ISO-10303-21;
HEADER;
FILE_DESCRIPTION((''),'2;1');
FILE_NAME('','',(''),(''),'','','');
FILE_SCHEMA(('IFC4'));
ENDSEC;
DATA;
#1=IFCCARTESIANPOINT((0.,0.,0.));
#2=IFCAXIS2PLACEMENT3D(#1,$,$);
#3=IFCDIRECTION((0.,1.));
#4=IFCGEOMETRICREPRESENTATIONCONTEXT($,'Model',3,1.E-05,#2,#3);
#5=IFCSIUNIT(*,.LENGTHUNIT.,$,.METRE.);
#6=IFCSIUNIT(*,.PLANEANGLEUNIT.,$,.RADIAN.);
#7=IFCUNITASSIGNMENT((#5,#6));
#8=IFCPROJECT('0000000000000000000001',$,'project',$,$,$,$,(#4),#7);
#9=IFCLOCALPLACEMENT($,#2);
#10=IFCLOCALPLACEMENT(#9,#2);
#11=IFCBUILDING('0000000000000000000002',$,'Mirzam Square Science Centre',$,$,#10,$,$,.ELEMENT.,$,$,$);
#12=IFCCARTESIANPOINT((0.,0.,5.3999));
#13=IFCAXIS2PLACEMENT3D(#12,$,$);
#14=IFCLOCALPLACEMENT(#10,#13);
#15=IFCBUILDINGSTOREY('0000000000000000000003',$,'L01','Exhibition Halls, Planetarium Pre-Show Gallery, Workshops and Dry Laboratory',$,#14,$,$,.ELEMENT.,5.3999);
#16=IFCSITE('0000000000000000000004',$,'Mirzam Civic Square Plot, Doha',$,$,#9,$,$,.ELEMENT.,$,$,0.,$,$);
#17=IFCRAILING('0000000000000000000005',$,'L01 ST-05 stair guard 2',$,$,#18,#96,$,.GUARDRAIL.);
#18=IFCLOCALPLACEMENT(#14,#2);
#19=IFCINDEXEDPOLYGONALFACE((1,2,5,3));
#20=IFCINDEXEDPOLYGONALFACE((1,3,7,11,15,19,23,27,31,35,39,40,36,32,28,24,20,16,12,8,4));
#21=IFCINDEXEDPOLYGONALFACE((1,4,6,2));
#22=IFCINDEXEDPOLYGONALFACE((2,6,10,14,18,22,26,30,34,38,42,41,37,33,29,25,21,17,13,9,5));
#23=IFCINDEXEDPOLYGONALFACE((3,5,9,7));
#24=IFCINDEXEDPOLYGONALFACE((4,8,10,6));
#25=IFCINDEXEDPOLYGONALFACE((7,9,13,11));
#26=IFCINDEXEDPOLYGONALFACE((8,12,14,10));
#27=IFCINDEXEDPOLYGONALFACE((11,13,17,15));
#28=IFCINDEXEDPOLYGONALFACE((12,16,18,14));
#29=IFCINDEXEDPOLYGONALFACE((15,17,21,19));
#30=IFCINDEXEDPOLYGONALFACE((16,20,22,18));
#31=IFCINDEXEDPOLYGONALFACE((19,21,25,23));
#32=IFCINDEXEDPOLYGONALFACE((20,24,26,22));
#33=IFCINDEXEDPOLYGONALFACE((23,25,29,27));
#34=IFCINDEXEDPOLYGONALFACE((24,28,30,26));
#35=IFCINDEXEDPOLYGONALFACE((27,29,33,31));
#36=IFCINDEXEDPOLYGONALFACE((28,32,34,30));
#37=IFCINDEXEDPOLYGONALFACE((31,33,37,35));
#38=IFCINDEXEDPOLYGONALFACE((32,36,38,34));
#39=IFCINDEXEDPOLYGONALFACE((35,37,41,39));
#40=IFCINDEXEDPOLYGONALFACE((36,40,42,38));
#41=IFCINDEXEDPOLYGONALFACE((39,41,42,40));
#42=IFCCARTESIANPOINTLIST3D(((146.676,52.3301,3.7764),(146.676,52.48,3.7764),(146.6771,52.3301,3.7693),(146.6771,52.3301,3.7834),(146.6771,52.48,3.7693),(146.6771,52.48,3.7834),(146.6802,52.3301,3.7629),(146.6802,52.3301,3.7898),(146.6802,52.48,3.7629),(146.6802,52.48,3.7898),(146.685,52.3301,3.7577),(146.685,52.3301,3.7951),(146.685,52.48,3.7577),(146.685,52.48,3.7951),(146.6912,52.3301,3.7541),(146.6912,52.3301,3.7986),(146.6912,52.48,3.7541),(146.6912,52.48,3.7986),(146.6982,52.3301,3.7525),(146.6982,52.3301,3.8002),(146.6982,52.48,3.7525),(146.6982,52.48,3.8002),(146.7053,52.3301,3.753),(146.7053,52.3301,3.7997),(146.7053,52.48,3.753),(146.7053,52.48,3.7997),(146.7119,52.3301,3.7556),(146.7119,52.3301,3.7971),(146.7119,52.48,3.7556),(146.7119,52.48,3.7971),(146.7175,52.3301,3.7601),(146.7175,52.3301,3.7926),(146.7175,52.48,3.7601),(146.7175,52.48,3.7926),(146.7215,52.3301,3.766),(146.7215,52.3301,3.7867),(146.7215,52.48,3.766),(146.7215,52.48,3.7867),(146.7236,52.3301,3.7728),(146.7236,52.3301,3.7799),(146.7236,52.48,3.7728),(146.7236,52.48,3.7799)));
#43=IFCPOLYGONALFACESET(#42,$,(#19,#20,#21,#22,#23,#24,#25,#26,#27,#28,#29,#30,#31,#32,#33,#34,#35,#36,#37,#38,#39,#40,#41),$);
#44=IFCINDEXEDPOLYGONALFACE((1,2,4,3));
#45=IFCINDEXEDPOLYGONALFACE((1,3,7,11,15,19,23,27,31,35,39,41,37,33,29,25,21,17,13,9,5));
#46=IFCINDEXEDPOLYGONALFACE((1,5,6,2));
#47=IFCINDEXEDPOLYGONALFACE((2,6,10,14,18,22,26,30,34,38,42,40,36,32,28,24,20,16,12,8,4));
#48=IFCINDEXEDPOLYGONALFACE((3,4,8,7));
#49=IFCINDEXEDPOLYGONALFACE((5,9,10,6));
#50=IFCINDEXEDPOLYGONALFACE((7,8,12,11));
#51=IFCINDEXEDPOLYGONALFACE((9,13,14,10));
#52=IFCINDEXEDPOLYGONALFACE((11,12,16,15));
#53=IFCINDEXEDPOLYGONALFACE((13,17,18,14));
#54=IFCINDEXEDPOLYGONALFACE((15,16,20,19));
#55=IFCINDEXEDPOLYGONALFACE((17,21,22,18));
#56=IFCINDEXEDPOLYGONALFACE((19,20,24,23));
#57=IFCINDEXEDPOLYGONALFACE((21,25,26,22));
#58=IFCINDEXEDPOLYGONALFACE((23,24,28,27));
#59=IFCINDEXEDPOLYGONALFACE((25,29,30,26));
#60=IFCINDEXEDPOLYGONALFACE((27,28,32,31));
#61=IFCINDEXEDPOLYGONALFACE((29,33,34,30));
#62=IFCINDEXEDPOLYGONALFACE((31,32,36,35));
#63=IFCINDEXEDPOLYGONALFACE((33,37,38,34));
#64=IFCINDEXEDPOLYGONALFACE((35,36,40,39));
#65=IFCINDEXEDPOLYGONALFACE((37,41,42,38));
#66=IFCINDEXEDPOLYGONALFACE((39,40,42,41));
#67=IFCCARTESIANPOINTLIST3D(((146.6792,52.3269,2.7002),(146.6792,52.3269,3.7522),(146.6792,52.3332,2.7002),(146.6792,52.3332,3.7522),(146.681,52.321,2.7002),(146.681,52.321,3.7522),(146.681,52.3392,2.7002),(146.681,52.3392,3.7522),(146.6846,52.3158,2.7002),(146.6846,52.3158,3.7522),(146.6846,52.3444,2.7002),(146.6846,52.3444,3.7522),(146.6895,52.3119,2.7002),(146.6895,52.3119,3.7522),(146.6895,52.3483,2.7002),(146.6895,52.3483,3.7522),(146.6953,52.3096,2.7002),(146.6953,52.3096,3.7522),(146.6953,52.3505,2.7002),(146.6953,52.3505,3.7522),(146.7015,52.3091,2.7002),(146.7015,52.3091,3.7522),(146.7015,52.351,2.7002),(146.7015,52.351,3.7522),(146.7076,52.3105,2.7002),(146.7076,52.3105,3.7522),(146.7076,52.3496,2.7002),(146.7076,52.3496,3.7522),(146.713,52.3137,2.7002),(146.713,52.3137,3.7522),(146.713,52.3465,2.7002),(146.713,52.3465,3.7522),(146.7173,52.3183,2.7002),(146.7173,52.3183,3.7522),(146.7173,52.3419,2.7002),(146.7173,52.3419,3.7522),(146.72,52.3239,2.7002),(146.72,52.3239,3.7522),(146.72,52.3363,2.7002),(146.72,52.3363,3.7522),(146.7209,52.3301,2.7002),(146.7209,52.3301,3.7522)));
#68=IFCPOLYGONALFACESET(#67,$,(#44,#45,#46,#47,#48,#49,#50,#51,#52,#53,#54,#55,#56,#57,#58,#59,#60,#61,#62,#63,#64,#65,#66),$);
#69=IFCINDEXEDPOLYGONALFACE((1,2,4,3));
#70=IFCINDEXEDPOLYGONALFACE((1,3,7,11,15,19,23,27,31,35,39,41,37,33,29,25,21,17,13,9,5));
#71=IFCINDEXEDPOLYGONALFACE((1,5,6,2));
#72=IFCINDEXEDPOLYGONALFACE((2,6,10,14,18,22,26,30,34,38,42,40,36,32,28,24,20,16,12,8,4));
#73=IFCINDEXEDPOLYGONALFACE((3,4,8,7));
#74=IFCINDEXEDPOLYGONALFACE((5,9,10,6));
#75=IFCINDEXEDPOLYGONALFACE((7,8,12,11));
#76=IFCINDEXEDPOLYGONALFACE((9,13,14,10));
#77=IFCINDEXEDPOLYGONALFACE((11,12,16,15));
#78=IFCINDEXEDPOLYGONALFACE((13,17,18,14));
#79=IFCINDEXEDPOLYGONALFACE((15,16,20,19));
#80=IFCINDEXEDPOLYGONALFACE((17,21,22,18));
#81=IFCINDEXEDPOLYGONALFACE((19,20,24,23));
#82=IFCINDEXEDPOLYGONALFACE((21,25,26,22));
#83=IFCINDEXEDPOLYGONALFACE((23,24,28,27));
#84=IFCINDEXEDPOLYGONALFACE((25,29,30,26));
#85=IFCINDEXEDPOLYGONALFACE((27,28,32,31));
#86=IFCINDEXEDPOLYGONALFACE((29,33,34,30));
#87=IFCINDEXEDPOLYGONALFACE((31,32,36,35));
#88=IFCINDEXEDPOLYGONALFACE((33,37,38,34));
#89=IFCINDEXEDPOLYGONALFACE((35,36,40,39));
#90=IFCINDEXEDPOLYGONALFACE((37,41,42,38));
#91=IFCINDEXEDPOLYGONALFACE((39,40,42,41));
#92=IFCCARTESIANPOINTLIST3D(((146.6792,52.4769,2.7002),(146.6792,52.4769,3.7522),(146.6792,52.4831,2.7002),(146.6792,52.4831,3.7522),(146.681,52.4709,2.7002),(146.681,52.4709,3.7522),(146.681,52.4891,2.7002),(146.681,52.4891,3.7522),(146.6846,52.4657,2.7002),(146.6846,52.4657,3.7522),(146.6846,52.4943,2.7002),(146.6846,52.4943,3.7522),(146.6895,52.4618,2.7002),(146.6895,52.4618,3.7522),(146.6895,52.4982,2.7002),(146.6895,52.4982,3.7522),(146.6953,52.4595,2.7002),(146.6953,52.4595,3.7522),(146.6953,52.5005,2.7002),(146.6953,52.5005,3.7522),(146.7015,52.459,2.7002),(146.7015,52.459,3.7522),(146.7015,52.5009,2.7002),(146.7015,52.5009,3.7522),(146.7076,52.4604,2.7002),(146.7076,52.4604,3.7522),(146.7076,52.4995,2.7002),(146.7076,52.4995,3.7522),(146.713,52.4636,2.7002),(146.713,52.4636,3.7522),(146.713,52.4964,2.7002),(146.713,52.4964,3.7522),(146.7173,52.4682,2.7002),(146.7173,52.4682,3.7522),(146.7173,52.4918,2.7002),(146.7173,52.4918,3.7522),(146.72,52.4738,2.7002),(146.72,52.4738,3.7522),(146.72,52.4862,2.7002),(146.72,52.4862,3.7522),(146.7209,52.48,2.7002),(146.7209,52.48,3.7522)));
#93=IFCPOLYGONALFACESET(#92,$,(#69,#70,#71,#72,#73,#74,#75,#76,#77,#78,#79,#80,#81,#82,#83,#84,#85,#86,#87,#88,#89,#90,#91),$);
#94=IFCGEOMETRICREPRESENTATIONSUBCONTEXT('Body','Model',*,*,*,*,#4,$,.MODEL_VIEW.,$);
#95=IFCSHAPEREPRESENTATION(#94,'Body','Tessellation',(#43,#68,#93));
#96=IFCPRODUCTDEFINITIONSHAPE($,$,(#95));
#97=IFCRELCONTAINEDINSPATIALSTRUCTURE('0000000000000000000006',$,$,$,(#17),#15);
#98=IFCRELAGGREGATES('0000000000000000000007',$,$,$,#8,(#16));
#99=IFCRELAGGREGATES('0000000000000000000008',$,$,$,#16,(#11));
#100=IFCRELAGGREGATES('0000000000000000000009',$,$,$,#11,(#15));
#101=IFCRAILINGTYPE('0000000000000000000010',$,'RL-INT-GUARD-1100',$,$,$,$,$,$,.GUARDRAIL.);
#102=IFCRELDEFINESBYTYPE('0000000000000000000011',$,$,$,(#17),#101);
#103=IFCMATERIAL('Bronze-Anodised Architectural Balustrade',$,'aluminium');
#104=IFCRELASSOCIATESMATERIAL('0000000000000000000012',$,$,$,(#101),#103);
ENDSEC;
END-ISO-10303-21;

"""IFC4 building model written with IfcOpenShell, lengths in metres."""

from ifc_helpers import new_model, si_unit, direction, frame, origin, origin_2d, place, context, subcontext, project, spatial, circle, extrude, material, type_object, element, save


model = new_model("IFC4")

# Units and contexts
model_context = context("Model", 3, precision=1e-05, world=origin(), true_north=direction((0.0, 1.0)))
body_context = subcontext(model_context, "Body", "Model", "MODEL_VIEW")
ifc_project = project(units=[si_unit("LENGTHUNIT", "METRE"), si_unit("PLANEANGLEUNIT", "RADIAN")], contexts=[model_context])

# Site, building, storey
site_placement = place(None, origin())
site = spatial("IfcSite", under=ifc_project, at=site_placement, Name="Mirzam Civic Square Plot, Doha", CompositionType="ELEMENT", RefElevation=0.0)
building_placement = place(site_placement, origin())
building = spatial("IfcBuilding", under=site, at=building_placement, Name="Mirzam Square Science Centre", CompositionType="ELEMENT")
storey_placement = place(building_placement, frame((0.0, 0.0, 5.3999)))
storey = spatial("IfcBuildingStorey", under=building, at=storey_placement, Name="L01", Description="Exhibition Halls, Planetarium Pre-Show Gallery, Workshops and Dry Laboratory", CompositionType="ELEMENT", Elevation=5.3999)

# Railing
ifc_material_1 = material(Name="Bronze-Anodised Architectural Balustrade", Category="aluminium")
railing_type_1 = type_object("IfcRailingType", Name="RL-INT-GUARD-1100", PredefinedType="GUARDRAIL", material=ifc_material_1)
railing_1_placement = place(storey_placement, frame((146.7, 52.3301, 2.7002)))
element("IfcRailing", 1, at=railing_1_placement, inside=storey, type_object=railing_type_1, Name="L01 ST-05 stair guard 2", PredefinedType="GUARDRAIL", context=body_context, shape_type="SweptSolid", body=[
    extrude(circle(Radius=0.0239, at=origin_2d()), frame((0.0, 0.0, 1.0762), z_axis=(0.0, 1.0, 0.0), x_axis=(-1.0, 0.0, 0.0)), (0.0, 0.0, 1.0), 0.1499),
    extrude(circle(Radius=0.021, at=origin_2d()), origin(), (0.0, 0.0, 1.0), 1.052),
    extrude(circle(Radius=0.021, at=origin_2d()), frame((0.0, 0.1499, 0.0)), (0.0, 0.0, 1.0), 1.052),
])

save(model, "model.ifc")
